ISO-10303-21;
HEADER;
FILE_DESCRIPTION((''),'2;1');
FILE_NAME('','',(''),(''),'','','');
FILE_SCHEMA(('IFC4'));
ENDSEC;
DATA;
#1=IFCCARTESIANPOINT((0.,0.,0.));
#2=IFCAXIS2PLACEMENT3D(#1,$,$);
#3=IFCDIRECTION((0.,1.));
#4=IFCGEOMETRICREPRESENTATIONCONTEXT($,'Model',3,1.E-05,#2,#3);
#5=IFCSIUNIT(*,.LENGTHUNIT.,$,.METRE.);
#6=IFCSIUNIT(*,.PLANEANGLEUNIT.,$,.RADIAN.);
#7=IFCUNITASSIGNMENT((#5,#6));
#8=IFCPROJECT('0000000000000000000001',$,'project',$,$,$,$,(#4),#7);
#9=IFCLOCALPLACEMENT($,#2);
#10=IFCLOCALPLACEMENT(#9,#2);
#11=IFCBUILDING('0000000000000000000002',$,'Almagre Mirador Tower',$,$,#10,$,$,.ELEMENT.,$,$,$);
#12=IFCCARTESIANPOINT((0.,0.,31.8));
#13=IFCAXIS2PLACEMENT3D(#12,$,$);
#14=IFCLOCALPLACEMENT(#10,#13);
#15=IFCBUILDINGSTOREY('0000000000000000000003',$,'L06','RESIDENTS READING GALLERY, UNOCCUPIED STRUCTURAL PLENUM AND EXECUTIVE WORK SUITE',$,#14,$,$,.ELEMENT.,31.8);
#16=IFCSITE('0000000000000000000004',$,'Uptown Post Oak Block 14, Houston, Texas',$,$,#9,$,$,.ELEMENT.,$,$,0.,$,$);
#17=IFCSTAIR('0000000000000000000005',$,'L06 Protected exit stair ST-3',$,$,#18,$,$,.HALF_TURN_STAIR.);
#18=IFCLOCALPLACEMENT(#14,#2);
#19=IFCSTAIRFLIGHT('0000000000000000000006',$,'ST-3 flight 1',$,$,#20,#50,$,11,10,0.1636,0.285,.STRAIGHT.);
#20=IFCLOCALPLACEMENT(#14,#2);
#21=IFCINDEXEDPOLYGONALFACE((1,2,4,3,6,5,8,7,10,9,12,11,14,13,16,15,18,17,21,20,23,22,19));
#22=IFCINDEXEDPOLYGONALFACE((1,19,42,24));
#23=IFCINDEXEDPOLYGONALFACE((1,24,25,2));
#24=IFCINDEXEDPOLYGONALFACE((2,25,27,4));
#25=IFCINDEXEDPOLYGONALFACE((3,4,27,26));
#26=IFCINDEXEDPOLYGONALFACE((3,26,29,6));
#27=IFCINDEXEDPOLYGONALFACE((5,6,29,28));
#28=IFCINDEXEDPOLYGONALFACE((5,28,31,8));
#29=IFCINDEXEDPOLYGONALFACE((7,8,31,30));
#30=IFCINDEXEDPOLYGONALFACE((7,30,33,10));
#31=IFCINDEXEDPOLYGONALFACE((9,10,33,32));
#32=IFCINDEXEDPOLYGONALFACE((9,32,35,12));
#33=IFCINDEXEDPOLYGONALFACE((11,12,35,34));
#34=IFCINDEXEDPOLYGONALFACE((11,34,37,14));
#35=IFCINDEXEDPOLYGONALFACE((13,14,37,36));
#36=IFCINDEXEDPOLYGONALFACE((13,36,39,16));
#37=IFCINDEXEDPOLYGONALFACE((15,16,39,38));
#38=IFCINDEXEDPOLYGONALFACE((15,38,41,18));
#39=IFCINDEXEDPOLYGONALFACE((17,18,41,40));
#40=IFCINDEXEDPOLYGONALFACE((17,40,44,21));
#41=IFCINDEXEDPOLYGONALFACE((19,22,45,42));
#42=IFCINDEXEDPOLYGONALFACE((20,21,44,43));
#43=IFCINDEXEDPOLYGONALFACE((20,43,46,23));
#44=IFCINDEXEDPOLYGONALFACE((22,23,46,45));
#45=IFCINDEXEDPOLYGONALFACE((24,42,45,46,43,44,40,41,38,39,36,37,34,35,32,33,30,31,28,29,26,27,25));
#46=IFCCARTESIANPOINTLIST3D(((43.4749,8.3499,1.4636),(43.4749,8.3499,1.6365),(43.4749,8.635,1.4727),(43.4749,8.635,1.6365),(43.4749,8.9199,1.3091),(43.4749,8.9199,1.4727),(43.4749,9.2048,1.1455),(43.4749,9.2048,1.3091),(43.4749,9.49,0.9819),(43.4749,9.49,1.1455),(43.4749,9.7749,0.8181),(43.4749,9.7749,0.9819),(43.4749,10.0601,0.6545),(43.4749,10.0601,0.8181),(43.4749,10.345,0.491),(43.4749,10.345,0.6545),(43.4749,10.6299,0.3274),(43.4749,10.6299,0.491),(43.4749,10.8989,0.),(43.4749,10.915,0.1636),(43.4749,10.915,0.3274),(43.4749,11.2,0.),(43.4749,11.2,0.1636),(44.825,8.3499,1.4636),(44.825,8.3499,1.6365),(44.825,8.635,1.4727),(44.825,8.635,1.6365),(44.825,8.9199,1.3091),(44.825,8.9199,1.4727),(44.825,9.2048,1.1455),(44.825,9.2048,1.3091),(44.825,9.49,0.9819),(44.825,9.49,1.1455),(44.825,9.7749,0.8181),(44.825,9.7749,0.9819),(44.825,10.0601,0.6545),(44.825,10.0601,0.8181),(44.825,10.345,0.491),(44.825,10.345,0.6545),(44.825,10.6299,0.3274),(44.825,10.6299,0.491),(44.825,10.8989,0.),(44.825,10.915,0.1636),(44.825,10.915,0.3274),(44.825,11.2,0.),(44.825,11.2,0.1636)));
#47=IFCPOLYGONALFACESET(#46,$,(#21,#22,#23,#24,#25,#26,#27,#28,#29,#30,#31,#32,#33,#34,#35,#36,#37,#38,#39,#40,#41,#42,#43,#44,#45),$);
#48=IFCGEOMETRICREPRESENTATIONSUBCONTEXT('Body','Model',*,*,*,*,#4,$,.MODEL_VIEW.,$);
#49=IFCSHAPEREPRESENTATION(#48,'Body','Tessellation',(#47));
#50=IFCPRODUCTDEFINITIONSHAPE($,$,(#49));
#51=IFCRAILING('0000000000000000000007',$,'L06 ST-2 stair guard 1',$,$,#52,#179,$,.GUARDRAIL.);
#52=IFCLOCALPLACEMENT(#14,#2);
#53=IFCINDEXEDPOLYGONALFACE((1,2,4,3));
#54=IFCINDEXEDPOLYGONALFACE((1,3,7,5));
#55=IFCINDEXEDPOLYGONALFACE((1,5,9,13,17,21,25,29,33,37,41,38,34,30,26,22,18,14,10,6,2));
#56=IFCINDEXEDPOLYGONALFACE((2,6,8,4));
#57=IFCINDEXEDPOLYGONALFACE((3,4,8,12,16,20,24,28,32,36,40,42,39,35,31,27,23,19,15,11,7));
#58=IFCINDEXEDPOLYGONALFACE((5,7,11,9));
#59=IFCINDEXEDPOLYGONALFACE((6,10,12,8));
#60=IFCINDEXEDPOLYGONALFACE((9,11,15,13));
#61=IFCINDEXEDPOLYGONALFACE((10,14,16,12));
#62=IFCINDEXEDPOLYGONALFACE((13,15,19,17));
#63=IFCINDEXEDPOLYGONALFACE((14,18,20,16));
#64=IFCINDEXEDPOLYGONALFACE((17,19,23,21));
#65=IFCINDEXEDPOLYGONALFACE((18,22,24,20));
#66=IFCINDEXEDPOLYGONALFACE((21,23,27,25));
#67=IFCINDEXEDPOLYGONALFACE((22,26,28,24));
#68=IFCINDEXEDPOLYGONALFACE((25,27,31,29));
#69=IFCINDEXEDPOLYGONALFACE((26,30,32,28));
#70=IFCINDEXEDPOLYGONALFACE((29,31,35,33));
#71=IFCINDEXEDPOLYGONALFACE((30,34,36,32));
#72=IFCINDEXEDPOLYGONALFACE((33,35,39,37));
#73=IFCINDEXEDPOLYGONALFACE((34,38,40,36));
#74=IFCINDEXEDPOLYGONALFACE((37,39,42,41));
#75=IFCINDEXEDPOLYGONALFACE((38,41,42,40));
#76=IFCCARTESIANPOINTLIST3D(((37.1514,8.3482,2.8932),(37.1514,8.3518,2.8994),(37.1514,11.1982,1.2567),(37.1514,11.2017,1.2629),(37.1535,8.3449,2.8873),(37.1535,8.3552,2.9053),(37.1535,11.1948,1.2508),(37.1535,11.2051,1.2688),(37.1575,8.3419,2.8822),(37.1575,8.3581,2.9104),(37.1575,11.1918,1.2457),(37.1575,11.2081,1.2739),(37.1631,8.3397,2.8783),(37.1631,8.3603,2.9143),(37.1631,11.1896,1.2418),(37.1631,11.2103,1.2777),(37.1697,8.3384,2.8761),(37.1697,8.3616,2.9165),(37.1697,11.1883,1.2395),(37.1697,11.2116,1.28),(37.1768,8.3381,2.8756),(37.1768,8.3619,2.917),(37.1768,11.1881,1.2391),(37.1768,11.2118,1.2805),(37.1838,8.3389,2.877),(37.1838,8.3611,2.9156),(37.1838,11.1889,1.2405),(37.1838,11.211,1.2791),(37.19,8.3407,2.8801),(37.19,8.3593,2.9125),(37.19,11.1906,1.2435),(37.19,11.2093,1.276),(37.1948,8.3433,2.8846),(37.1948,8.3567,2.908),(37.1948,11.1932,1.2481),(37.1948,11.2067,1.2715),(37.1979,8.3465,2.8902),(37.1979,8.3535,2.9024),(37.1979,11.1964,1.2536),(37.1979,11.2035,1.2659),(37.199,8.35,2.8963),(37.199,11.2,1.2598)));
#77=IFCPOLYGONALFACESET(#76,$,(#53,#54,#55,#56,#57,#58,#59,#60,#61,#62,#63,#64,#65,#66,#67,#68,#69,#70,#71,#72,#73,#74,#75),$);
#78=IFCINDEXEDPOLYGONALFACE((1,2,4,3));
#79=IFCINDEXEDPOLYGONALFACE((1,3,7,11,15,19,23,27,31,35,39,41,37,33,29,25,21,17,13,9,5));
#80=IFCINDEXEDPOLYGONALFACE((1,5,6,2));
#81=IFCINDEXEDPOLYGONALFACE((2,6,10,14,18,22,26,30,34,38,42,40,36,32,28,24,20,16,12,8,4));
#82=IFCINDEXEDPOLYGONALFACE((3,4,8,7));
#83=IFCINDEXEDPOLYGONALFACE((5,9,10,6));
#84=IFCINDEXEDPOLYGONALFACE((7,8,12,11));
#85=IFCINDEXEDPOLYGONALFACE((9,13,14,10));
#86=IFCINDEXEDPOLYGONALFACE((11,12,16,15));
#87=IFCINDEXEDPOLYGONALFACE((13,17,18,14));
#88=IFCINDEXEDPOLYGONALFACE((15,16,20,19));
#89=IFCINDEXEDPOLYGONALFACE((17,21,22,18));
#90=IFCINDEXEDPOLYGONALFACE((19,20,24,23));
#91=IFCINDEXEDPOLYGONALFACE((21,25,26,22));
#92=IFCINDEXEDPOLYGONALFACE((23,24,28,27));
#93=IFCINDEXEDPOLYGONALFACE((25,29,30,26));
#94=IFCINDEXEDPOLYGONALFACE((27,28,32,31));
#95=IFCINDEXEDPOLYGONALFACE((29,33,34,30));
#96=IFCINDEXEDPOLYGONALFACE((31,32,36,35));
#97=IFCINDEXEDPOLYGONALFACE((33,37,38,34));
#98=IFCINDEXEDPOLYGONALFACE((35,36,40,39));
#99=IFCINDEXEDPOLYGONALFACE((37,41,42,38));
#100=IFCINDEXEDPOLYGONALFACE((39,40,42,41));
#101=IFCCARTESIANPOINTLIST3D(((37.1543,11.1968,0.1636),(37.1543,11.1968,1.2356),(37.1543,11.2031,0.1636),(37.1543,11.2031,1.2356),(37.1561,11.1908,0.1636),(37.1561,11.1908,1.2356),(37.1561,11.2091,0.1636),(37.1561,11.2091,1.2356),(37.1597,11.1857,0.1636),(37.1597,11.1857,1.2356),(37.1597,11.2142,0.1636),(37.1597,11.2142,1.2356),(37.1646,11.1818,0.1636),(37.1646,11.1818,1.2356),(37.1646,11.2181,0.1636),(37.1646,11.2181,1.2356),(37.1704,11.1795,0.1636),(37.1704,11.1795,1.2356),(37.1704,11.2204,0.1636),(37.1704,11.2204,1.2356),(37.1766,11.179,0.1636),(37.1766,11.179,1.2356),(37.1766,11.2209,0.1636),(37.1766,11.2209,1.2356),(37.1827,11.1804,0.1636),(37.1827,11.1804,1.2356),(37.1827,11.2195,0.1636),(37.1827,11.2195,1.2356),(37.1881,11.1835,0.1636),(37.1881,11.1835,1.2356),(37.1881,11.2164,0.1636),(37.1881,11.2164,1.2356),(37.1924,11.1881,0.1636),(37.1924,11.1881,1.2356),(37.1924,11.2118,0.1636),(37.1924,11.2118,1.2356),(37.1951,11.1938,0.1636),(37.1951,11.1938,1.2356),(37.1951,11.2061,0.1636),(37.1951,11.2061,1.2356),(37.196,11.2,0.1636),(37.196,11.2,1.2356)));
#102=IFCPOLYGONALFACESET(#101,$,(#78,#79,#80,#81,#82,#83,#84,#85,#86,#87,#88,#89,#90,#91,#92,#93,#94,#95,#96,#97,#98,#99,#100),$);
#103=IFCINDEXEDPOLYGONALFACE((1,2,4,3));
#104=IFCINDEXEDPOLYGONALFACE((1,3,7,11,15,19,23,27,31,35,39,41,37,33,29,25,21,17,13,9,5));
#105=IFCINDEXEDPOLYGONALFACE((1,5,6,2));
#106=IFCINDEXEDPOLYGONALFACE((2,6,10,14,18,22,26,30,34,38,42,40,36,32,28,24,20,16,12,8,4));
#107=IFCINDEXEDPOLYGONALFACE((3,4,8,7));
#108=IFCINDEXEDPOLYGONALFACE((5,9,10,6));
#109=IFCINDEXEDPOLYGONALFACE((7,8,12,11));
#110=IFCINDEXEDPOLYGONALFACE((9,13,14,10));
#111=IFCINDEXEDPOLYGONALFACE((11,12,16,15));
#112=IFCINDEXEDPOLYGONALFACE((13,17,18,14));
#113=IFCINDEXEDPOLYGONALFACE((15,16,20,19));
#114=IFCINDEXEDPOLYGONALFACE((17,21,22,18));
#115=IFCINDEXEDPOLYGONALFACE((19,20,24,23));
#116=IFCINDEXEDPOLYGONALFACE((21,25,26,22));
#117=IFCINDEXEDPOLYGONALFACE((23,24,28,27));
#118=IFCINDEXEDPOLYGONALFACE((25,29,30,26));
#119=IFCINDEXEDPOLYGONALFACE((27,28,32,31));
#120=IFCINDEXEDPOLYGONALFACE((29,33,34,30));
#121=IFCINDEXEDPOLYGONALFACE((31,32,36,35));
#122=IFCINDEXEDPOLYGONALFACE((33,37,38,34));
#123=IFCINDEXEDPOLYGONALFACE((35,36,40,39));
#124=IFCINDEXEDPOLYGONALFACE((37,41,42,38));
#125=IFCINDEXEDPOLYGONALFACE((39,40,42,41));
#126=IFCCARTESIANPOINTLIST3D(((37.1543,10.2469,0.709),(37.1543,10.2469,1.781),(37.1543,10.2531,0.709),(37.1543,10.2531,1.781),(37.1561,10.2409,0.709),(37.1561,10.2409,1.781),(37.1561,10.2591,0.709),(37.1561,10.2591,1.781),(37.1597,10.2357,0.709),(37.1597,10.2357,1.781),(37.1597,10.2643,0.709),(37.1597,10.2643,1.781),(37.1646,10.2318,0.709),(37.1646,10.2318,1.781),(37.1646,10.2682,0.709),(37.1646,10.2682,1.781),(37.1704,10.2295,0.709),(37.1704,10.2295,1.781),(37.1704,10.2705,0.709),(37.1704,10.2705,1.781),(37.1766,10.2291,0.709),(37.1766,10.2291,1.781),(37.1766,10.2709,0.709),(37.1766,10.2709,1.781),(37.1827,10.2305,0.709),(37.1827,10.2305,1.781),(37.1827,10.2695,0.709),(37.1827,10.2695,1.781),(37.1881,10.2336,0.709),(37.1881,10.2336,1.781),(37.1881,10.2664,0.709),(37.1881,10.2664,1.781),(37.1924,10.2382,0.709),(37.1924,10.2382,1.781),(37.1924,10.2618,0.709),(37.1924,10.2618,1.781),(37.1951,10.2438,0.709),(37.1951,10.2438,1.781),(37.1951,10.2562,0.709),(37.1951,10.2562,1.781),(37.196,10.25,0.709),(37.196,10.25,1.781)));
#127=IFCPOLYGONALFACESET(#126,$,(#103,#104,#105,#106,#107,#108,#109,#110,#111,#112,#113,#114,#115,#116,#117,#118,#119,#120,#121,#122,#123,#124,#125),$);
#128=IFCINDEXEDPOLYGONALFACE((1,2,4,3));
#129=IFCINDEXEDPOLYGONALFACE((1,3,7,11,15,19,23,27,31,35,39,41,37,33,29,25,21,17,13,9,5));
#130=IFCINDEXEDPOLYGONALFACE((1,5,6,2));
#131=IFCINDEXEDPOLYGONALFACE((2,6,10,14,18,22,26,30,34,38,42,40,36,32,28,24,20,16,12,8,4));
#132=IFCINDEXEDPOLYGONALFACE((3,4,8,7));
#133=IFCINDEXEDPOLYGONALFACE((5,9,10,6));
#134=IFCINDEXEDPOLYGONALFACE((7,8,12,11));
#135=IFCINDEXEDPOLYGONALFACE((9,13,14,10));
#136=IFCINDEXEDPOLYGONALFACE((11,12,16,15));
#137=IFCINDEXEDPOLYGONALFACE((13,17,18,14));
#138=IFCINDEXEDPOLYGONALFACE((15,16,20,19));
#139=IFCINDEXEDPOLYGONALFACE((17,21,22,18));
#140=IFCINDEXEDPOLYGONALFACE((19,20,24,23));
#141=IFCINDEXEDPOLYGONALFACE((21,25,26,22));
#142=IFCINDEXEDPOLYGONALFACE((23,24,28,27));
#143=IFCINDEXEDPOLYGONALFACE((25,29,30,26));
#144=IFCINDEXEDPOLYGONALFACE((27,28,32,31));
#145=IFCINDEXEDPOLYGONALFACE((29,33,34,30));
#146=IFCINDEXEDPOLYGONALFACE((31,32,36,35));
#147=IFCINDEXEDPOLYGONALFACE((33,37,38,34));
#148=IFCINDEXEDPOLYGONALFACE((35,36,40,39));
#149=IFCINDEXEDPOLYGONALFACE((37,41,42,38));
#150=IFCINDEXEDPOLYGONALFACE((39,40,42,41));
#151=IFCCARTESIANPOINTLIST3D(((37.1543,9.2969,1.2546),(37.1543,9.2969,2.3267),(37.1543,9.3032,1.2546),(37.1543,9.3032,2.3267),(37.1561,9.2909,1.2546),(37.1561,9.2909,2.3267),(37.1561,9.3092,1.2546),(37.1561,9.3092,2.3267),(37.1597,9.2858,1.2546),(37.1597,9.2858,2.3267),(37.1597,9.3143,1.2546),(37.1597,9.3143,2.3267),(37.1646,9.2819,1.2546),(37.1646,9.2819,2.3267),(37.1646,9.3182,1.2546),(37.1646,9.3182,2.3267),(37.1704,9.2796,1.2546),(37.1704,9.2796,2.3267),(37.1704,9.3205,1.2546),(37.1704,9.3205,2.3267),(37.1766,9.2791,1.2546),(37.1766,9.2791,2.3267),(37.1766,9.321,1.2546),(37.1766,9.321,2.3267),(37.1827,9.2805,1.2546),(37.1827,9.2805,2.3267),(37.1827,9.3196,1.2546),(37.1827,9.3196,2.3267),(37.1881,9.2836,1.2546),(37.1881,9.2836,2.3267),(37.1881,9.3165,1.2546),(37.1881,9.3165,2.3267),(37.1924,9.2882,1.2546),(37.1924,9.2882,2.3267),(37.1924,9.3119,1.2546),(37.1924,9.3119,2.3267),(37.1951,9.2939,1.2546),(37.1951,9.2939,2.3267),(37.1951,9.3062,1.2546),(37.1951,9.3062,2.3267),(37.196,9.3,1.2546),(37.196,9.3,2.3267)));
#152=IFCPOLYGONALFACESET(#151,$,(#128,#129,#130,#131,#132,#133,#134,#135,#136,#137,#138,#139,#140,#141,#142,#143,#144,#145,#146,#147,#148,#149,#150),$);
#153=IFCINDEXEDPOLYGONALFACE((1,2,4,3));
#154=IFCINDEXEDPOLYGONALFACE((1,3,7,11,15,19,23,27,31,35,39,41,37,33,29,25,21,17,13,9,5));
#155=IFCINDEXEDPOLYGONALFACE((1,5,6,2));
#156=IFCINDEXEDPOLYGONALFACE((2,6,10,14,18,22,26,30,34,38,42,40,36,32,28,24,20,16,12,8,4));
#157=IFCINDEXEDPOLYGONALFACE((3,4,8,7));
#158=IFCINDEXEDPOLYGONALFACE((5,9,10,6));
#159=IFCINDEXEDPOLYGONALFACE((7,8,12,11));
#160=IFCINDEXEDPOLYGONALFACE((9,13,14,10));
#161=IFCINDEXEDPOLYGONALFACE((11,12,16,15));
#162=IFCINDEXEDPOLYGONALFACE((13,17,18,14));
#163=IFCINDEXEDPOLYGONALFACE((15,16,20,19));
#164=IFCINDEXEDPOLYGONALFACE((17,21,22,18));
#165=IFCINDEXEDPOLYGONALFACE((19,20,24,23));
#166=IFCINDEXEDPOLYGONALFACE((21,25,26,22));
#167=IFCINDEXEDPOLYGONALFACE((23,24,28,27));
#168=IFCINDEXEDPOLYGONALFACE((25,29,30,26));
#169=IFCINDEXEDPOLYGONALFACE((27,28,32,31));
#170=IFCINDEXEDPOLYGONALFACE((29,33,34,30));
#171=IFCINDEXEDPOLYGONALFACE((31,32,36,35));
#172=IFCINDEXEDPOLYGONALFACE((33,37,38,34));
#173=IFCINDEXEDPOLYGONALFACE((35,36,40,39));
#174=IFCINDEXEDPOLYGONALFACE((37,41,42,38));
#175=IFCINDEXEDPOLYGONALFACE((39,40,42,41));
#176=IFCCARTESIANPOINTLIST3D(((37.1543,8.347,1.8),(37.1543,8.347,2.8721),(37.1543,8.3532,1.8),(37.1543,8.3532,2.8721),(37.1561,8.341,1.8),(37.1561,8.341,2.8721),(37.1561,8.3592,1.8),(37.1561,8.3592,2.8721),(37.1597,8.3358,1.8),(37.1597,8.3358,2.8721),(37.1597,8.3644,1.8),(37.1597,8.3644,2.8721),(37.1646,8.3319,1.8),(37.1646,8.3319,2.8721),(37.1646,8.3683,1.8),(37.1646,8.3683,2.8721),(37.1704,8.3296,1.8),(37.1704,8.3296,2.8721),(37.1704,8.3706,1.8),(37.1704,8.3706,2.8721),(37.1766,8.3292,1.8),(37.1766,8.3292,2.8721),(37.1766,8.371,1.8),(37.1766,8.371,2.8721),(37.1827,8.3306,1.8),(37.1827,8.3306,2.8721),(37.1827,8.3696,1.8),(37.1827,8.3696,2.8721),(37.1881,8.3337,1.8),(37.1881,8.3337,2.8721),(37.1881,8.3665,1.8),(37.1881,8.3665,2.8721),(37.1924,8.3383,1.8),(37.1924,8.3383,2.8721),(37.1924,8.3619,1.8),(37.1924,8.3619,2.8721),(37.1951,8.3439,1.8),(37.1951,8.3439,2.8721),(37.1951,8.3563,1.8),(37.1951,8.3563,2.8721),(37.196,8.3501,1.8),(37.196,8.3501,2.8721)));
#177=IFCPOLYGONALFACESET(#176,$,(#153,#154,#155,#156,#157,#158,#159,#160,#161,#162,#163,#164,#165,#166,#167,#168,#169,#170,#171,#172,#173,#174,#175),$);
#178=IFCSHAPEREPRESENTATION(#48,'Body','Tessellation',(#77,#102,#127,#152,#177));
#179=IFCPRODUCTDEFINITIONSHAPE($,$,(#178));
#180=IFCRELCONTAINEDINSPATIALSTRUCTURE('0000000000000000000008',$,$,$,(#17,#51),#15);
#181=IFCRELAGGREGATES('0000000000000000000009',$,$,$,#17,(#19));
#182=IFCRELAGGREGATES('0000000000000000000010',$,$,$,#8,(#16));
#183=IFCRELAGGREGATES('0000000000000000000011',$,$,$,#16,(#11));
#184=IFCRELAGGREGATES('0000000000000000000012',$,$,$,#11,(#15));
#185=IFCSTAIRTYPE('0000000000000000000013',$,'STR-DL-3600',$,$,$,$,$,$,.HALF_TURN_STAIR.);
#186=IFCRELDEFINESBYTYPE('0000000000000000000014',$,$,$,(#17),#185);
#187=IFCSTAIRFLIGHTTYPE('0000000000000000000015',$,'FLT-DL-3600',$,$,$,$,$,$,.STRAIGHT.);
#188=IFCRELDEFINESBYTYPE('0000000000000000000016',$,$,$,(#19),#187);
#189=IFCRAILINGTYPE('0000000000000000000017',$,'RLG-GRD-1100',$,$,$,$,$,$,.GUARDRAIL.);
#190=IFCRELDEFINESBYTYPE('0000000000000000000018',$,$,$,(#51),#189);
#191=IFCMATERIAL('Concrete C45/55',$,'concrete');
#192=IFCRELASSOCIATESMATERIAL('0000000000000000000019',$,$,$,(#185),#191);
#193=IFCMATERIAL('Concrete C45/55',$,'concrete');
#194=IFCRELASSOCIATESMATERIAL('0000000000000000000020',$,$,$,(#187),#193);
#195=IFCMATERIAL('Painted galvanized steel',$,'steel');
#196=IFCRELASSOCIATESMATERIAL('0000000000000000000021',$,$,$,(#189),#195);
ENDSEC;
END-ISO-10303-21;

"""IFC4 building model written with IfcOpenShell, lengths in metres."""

from ifc_helpers import new_model, si_unit, direction, frame, origin, origin_2d, place, context, subcontext, project, spatial, polyline, circle, outline, extrude, material, type_object, element, aggregate, save


model = new_model("IFC4")

# Units and contexts
model_context = context("Model", 3, precision=1e-05, world=origin(), true_north=direction((0.0, 1.0)))
body_context = subcontext(model_context, "Body", "Model", "MODEL_VIEW")
ifc_project = project(units=[si_unit("LENGTHUNIT", "METRE"), si_unit("PLANEANGLEUNIT", "RADIAN")], contexts=[model_context])

# Site, building, storey
site_placement = place(None, origin())
site = spatial("IfcSite", under=ifc_project, at=site_placement, Name="Uptown Post Oak Block 14, Houston, Texas", CompositionType="ELEMENT", RefElevation=0.0)
building_placement = place(site_placement, origin())
building = spatial("IfcBuilding", under=site, at=building_placement, Name="Almagre Mirador Tower", CompositionType="ELEMENT")
storey_placement = place(building_placement, frame((0.0, 0.0, 31.8)))
storey = spatial("IfcBuildingStorey", under=building, at=storey_placement, Name="L06", Description="RESIDENTS READING GALLERY, UNOCCUPIED STRUCTURAL PLENUM AND EXECUTIVE WORK SUITE", CompositionType="ELEMENT", Elevation=31.8)

# Shared definitions
ifc_material_1 = material(Name="Concrete C45/55", Category="concrete")
stair_type = type_object("IfcStairType", Name="STR-DL-3600", PredefinedType="HALF_TURN_STAIR", material=ifc_material_1)
ifc_material_2 = material(Name="Concrete C45/55", Category="concrete")
stair_flight_type = type_object("IfcStairFlightType", Name="FLT-DL-3600", PredefinedType="STRAIGHT", material=ifc_material_2)

# Stair, stair flight
stair_1_placement = place(storey_placement, origin())
stair_1 = element("IfcStair", 1, at=stair_1_placement, inside=storey, type_object=stair_type, Name="L06 Protected exit stair ST-3", PredefinedType="HALF_TURN_STAIR")
stair_flight_1_placement = place(storey_placement, frame((44.1499, 11.2, 0.0), z_axis=(0.0, 0.0, 1.0), x_axis=(0.0, -1.0, 0.0)))
stair_flight_1 = element("IfcStairFlight", 2, at=stair_flight_1_placement, type_object=stair_flight_type, Name="ST-3 flight 1", NumberOfRisers=11, NumberOfTreads=10, PredefinedType="STRAIGHT", RiserHeight=0.1636, TreadLength=0.285, context=body_context, shape_type="SweptSolid", body=[
    extrude(outline(polyline([(0.0, 0.0), (0.0, 0.1636), (0.2849, 0.1636), (0.2849, 0.3274), (0.5701, 0.3274), (0.5701, 0.491), (0.855, 0.491), (0.855, 0.6545), (1.1399, 0.6545), (1.1399, 0.8181), (1.425, 0.8181), (1.425, 0.9819), (1.71, 0.9819), (1.71, 1.1455), (1.9951, 1.1455), (1.9951, 1.3091), (2.28, 1.3091), (2.28, 1.4727), (2.5649, 1.4727), (2.5649, 1.6365), (2.8501, 1.6365), (2.8501, 1.8), (2.8501, 1.4636), (0.301, 0.0), (0.0, 0.0)])), frame((0.0, 0.675, 0.0), z_axis=(0.0, -1.0, 0.0), x_axis=(1.0, 0.0, 0.0)), (0.0, 0.0, 1.0), 1.3501),
])
aggregate(stair_1, [stair_flight_1])

# Railing
ifc_material_3 = material(Name="Painted galvanized steel", Category="steel")
railing_type_1 = type_object("IfcRailingType", Name="RLG-GRD-1100", PredefinedType="GUARDRAIL", material=ifc_material_3)
railing_1_placement = place(storey_placement, frame((37.175, 11.2, 0.1636)))
element("IfcRailing", 3, at=railing_1_placement, inside=storey, type_object=railing_type_1, Name="L06 ST-2 stair guard 1", PredefinedType="GUARDRAIL", context=body_context, shape_type="SweptSolid", body=[
    extrude(circle(Radius=0.0239, at=origin_2d()), frame((0.0, 0.0, 1.0962), z_axis=(0.0, -0.867194, 0.49797), x_axis=(1.0, 0.0, 0.0)), (0.0, 0.0, 1.0), 3.2864),
    extrude(circle(Radius=0.021, at=origin_2d()), origin(), (0.0, 0.0, 1.0), 1.072),
    extrude(circle(Radius=0.021, at=origin_2d()), frame((0.0, -0.95, 0.5454)), (0.0, 0.0, 1.0), 1.072),
    extrude(circle(Radius=0.021, at=origin_2d()), frame((0.0, -1.8999, 1.0911)), (0.0, 0.0, 1.0), 1.072),
    extrude(circle(Radius=0.021, at=origin_2d()), frame((0.0, -2.8499, 1.6365)), (0.0, 0.0, 1.0), 1.072),
])

save(model, "model.ifc")
